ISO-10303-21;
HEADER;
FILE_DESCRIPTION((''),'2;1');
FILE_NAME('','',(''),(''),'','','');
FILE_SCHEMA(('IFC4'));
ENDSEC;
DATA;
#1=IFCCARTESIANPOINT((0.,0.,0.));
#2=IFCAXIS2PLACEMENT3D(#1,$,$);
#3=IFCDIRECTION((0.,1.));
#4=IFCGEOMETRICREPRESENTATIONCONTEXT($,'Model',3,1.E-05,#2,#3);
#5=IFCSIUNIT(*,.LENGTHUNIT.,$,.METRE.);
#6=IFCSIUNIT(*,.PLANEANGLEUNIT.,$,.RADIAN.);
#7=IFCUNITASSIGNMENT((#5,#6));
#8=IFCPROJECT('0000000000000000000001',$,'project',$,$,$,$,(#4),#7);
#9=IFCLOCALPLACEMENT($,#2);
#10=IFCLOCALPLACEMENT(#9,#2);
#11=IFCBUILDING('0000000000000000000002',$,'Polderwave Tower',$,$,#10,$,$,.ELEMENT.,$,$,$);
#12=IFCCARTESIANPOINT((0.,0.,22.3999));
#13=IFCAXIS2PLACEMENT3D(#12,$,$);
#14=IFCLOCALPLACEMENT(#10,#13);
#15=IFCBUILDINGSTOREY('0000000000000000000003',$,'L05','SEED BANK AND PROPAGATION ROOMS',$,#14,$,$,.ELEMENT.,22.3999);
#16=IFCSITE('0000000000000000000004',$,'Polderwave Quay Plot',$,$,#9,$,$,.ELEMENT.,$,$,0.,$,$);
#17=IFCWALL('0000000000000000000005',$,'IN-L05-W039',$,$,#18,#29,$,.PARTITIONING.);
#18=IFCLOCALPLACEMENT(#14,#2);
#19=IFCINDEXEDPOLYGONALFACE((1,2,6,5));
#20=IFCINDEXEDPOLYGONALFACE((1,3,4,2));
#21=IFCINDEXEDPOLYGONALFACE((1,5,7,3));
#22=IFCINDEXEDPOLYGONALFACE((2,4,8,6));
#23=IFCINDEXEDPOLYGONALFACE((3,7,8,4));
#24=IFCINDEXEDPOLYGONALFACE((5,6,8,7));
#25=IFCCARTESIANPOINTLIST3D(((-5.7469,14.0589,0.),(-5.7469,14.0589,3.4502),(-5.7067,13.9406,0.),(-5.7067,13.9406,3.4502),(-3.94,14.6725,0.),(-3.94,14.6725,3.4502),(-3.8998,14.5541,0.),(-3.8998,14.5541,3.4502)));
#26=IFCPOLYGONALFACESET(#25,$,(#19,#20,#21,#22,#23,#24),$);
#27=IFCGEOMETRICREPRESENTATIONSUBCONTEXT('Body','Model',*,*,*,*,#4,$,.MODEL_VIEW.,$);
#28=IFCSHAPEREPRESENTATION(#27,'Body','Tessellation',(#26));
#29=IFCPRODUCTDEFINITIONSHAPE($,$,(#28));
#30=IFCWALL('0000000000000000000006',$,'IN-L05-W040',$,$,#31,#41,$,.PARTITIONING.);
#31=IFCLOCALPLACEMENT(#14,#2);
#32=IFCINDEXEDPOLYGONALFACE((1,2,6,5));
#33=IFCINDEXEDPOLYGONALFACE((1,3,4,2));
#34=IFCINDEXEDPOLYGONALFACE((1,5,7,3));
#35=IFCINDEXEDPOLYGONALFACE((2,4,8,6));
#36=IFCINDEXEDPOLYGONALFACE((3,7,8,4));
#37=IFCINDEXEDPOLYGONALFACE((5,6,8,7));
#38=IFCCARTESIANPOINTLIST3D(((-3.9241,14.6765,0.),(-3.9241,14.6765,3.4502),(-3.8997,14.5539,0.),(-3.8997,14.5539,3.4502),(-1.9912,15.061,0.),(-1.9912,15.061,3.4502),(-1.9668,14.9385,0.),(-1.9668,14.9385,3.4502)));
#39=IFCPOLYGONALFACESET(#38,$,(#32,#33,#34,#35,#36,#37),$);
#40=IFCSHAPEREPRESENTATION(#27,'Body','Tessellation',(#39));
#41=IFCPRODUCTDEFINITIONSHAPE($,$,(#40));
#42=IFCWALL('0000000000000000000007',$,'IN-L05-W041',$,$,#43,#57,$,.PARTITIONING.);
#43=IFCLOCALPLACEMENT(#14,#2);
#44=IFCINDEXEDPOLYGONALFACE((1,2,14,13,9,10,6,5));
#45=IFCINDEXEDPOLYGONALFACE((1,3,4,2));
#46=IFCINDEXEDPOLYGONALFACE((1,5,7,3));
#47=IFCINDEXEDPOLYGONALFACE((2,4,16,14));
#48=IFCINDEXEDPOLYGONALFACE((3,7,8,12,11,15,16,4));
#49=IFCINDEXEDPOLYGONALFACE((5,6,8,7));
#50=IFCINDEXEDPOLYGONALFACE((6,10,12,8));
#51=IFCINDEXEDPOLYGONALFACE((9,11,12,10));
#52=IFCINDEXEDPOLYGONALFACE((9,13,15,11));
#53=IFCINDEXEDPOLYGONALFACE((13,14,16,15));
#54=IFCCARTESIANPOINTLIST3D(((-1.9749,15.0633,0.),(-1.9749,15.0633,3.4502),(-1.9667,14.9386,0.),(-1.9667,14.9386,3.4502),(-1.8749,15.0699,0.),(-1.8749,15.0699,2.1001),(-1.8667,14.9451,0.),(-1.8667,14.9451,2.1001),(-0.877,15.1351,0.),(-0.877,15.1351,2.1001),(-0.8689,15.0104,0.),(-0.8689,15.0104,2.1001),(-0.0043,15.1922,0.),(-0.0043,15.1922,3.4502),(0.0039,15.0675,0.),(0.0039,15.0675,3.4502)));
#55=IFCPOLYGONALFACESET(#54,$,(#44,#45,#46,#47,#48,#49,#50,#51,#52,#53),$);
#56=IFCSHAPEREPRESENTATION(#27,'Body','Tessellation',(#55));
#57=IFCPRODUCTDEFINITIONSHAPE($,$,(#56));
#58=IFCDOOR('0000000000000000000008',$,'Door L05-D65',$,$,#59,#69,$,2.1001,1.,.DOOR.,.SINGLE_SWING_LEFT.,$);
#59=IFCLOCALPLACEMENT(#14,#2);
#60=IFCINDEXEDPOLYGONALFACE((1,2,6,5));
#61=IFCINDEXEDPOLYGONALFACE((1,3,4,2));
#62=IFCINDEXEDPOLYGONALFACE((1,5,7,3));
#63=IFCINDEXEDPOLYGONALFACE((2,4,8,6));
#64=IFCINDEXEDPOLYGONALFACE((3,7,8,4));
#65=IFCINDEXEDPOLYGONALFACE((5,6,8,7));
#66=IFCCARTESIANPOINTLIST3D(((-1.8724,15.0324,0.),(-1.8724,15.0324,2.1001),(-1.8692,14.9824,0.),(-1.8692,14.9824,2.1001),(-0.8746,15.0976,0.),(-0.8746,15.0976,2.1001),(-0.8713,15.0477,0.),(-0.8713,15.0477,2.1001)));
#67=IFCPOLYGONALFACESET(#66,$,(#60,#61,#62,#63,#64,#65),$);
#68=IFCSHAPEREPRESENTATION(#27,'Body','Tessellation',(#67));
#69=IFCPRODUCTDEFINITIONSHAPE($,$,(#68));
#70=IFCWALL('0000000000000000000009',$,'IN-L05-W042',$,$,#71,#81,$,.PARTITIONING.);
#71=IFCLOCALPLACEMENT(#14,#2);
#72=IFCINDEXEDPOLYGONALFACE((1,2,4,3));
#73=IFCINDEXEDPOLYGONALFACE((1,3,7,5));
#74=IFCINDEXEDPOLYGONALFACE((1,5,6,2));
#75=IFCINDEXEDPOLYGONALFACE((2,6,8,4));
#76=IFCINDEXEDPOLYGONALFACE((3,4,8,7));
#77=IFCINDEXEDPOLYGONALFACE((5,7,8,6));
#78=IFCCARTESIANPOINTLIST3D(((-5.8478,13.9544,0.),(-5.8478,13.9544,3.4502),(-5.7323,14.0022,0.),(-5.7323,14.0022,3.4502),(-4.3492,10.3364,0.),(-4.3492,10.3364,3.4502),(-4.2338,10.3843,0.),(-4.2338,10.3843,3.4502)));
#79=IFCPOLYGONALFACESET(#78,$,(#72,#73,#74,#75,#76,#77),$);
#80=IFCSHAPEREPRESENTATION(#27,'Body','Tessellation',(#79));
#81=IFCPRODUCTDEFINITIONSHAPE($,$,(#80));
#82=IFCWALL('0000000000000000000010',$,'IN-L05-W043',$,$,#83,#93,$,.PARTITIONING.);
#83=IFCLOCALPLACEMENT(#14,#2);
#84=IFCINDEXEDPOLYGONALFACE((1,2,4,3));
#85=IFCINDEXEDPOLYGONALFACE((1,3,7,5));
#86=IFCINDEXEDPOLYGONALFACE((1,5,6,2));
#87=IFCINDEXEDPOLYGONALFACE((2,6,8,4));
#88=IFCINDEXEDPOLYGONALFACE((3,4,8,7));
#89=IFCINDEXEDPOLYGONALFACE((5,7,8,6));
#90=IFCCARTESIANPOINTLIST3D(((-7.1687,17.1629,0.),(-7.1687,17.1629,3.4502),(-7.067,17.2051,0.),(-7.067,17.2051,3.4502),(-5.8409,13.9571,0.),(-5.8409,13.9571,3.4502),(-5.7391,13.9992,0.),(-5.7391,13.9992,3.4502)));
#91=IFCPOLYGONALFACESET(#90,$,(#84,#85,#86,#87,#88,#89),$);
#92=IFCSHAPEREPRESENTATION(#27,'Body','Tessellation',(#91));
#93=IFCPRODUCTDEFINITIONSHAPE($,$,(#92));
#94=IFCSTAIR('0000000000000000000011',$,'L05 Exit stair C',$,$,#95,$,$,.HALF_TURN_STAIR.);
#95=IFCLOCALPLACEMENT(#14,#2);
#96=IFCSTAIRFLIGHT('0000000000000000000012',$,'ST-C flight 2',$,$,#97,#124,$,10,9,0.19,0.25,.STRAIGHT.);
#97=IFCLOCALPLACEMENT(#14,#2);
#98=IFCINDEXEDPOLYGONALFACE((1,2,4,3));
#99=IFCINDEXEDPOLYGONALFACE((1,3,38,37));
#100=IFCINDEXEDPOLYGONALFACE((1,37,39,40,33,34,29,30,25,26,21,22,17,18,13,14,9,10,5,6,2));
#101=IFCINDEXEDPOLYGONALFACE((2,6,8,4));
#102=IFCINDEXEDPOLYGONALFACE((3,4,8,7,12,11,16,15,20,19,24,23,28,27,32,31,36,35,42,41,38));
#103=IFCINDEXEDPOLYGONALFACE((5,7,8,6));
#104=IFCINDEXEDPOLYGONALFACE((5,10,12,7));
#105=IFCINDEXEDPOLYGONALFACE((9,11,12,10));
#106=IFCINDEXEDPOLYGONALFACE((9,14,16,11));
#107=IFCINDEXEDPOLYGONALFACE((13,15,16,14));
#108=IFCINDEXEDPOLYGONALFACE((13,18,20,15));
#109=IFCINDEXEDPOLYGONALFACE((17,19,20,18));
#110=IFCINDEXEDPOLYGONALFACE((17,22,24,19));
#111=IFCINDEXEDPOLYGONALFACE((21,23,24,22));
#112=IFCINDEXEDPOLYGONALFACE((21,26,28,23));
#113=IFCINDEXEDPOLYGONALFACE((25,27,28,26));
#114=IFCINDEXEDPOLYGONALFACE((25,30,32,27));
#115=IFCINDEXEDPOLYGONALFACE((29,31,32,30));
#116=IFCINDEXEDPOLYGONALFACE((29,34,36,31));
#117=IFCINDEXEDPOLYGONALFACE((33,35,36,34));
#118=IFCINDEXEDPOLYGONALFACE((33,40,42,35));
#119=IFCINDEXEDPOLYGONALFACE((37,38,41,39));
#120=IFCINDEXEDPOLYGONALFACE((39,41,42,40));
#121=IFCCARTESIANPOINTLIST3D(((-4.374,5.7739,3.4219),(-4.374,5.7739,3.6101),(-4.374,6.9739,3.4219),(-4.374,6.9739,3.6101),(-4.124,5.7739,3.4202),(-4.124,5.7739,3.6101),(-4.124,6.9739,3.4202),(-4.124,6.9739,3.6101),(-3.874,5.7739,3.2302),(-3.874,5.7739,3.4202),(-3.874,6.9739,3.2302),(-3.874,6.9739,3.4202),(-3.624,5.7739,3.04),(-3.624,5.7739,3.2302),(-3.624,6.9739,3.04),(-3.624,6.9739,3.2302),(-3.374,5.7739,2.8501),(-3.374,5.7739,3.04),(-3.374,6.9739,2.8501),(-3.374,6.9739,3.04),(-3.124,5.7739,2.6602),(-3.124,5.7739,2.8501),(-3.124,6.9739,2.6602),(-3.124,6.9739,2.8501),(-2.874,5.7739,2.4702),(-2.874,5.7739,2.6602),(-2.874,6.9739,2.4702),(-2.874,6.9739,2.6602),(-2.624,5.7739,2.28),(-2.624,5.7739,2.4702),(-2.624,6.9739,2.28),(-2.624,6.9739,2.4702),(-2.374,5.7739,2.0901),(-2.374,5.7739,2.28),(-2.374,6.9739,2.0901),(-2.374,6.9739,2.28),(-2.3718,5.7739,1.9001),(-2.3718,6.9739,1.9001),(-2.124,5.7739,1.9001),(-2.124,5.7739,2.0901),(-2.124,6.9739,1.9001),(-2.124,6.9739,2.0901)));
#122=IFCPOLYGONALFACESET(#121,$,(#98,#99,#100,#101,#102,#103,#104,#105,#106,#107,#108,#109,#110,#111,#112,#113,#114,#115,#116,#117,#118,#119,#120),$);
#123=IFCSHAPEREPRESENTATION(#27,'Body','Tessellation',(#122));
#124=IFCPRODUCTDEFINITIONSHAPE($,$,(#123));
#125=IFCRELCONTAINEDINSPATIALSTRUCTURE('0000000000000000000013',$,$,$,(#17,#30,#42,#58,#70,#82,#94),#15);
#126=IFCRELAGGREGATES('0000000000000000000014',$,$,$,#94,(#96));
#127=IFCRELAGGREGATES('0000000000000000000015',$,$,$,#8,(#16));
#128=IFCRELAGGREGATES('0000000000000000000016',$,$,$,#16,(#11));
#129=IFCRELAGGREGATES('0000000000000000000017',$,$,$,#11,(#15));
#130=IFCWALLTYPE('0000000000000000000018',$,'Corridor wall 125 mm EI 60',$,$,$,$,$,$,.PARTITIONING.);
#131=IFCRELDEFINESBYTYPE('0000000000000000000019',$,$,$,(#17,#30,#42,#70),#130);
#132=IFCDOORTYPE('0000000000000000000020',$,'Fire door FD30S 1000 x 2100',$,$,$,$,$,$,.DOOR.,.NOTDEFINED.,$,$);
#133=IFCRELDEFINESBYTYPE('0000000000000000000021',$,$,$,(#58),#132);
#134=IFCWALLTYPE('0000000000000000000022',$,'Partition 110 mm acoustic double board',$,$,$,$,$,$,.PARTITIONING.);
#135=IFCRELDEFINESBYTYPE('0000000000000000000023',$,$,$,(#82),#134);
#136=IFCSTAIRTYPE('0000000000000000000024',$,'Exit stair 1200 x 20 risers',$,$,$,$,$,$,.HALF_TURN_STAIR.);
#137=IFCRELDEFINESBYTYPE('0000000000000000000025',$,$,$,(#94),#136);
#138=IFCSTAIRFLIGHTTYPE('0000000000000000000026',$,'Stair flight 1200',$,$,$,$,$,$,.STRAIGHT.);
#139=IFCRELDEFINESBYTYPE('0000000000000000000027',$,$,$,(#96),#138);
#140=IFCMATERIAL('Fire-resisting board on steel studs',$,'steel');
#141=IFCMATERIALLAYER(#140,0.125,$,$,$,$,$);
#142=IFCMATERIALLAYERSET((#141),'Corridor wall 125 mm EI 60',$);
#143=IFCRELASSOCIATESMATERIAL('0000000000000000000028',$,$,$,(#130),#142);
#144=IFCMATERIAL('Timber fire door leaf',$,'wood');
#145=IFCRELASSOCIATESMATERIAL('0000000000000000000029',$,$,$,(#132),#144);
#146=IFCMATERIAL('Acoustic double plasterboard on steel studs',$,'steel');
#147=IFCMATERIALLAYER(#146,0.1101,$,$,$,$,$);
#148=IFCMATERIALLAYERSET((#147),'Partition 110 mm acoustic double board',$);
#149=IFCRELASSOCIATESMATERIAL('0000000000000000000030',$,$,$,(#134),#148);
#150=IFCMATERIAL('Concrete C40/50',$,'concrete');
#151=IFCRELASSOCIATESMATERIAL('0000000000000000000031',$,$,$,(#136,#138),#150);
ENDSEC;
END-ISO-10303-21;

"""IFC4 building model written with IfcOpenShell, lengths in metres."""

from ifc_helpers import new_model, si_unit, direction, frame, frame_2d, origin, place, context, subcontext, project, spatial, polyline, rectangle, outline, extrude, material, layer, layer_set, type_object, element, fill, aggregate, save


model = new_model("IFC4")

# Units and contexts
model_context = context("Model", 3, precision=1e-05, world=origin(), true_north=direction((0.0, 1.0)))
body_context = subcontext(model_context, "Body", "Model", "MODEL_VIEW")
ifc_project = project(units=[si_unit("LENGTHUNIT", "METRE"), si_unit("PLANEANGLEUNIT", "RADIAN")], contexts=[model_context])

# Site, building, storey
site_placement = place(None, origin())
site = spatial("IfcSite", under=ifc_project, at=site_placement, Name="Polderwave Quay Plot", CompositionType="ELEMENT", RefElevation=0.0)
building_placement = place(site_placement, origin())
building = spatial("IfcBuilding", under=site, at=building_placement, Name="Polderwave Tower", CompositionType="ELEMENT")
storey_placement = place(building_placement, frame((0.0, 0.0, 22.3999)))
storey = spatial("IfcBuildingStorey", under=building, at=storey_placement, Name="L05", Description="SEED BANK AND PROPAGATION ROOMS", CompositionType="ELEMENT", Elevation=22.3999)

# Shared definitions
ifc_material_1 = material(Name="Fire-resisting board on steel studs", Category="steel")
ifc_layer_1 = layer(ifc_material_1, 0.125)
ifc_layer_set_1 = layer_set([ifc_layer_1], Name="Corridor wall 125 mm EI 60")
wall_type_1 = type_object("IfcWallType", Name="Corridor wall 125 mm EI 60", PredefinedType="PARTITIONING", material=ifc_layer_set_1)
ifc_material_2 = material(Name="Timber fire door leaf", Category="wood")
door_type = type_object("IfcDoorType", Name="Fire door FD30S 1000 x 2100", OperationType="NOTDEFINED", PredefinedType="DOOR", material=ifc_material_2)

# Walls
wall_1_placement = place(storey_placement, frame((-5.7268, 13.9998, 0.0), z_axis=(0.0, 0.0, 1.0), x_axis=(0.946903, 0.32152, 0.0)))
element("IfcWall", 1, at=wall_1_placement, inside=storey, type_object=wall_type_1, Name="IN-L05-W039", PredefinedType="PARTITIONING", context=body_context, shape_type="SweptSolid", body=[
    extrude(rectangle(XDim=1.9082, YDim=0.125, at=frame_2d((0.9541, 0.0))), origin(), (0.0, 0.0, 1.0), 3.4502),
])
wall_2_placement = place(storey_placement, frame((-3.9119, 14.6152, 0.0), z_axis=(0.0, 0.0, 1.0), x_axis=(0.98078, 0.195115, 0.0)))
element("IfcWall", 2, at=wall_2_placement, inside=storey, type_object=wall_type_1, Name="IN-L05-W040", PredefinedType="PARTITIONING", context=body_context, shape_type="SweptSolid", body=[
    extrude(rectangle(XDim=1.9707, YDim=0.125, at=frame_2d((0.9854, 0.0))), origin(), (0.0, 0.0, 1.0), 3.4502),
])

# Wall, opening, door
wall_3_placement = place(storey_placement, frame((-1.9707, 15.001, 0.0), z_axis=(0.0, 0.0, 1.0), x_axis=(0.997868, 0.065272, 0.0)))
wall_3 = element("IfcWall", 3, at=wall_3_placement, inside=storey, type_object=wall_type_1, Name="IN-L05-W041", PredefinedType="PARTITIONING", context=body_context, shape_type="SweptSolid", body=[
    extrude(rectangle(XDim=1.9749, YDim=0.125, at=frame_2d((0.9873, 0.0))), origin(), (0.0, 0.0, 1.0), 3.4502),
])
opening_1_placement = place(wall_3_placement, frame((0.1001, 0.0, 0.0)))
opening_1 = element("IfcOpeningElement", 4, at=opening_1_placement, cuts=wall_3, PredefinedType="OPENING", context=body_context, shape_type="SweptSolid", body=[
    extrude(rectangle(XDim=1.0, YDim=2.1001, at=frame_2d((0.5, 1.05))), frame((0.0, 0.0725, 0.0), z_axis=(0.0, -1.0, 0.0), x_axis=(1.0, 0.0, 0.0)), (0.0, 0.0, 1.0), 0.145),
])
door_1_placement = place(opening_1_placement, origin())
door_1 = element("IfcDoor", 5, at=door_1_placement, inside=storey, type_object=door_type, Name="Door L05-D65", OperationType="SINGLE_SWING_LEFT", OverallHeight=2.1001, OverallWidth=1.0, PredefinedType="DOOR", context=body_context, shape_type="SweptSolid", body=[
    extrude(rectangle(XDim=1.0, YDim=2.1001, at=frame_2d((0.5, 1.05))), frame((0.0, 0.0249, 0.0), z_axis=(0.0, -1.0, 0.0), x_axis=(1.0, 0.0, 0.0)), (0.0, 0.0, 1.0), 0.05),
])
fill(opening_1, door_1)

# Walls
wall_4_placement = place(storey_placement, frame((-4.2915, 10.3604, 0.0), z_axis=(0.0, 0.0, 1.0), x_axis=(-0.382671, 0.923885, 0.0)))
element("IfcWall", 6, at=wall_4_placement, inside=storey, type_object=wall_type_1, Name="IN-L05-W042", PredefinedType="PARTITIONING", context=body_context, shape_type="SweptSolid", body=[
    extrude(rectangle(XDim=3.916, YDim=0.125, at=frame_2d((1.958, 0.0))), origin(), (0.0, 0.0, 1.0), 3.4502),
])
ifc_material_3 = material(Name="Acoustic double plasterboard on steel studs", Category="steel")
ifc_layer_2 = layer(ifc_material_3, 0.1101)
ifc_layer_set_2 = layer_set([ifc_layer_2], Name="Partition 110 mm acoustic double board")
wall_type_2 = type_object("IfcWallType", Name="Partition 110 mm acoustic double board", PredefinedType="PARTITIONING", material=ifc_layer_set_2)
wall_5_placement = place(storey_placement, frame((-5.79, 13.9783, 0.0), z_axis=(0.0, 0.0, 1.0), x_axis=(-0.382681, 0.92388, 0.0)))
element("IfcWall", 7, at=wall_5_placement, inside=storey, type_object=wall_type_2, Name="IN-L05-W043", PredefinedType="PARTITIONING", context=body_context, shape_type="SweptSolid", body=[
    extrude(rectangle(XDim=3.47, YDim=0.1101, at=frame_2d((1.7349, 0.0))), origin(), (0.0, 0.0, 1.0), 3.4502),
])

# Stair, stair flight
ifc_material_4 = material(Name="Concrete C40/50", Category="concrete")
stair_type = type_object("IfcStairType", Name="Exit stair 1200 x 20 risers", PredefinedType="HALF_TURN_STAIR", material=ifc_material_4)
stair_placement = place(storey_placement, origin())
stair = element("IfcStair", 8, at=stair_placement, inside=storey, type_object=stair_type, Name="L05 Exit stair C", PredefinedType="HALF_TURN_STAIR")
stair_flight_type = type_object("IfcStairFlightType", Name="Stair flight 1200", PredefinedType="STRAIGHT", material=ifc_material_4)
stair_flight_placement = place(storey_placement, frame((-2.124, 6.374, 1.9001), z_axis=(0.0, 0.0, 1.0), x_axis=(-1.0, 0.0, 0.0)))
stair_flight = element("IfcStairFlight", 9, at=stair_flight_placement, type_object=stair_flight_type, Name="ST-C flight 2", NumberOfRisers=10, NumberOfTreads=9, PredefinedType="STRAIGHT", RiserHeight=0.19, TreadLength=0.25, context=body_context, shape_type="SweptSolid", body=[
    extrude(outline(polyline([(0.0, 0.0), (0.0, 0.1899), (0.25, 0.1899), (0.25, 0.3799), (0.5, 0.3799), (0.5, 0.5701), (0.75, 0.5701), (0.75, 0.76), (1.0, 0.76), (1.0, 0.95), (1.25, 0.95), (1.25, 1.1399), (1.5, 1.1399), (1.5, 1.3301), (1.75, 1.3301), (1.75, 1.52), (2.0, 1.52), (2.0, 1.71), (2.25, 1.71), (2.25, 1.8999), (2.25, 1.5217), (0.2478, 0.0), (0.0, 0.0)])), frame((0.0, 0.6001, 0.0), z_axis=(0.0, -1.0, 0.0), x_axis=(1.0, 0.0, 0.0)), (0.0, 0.0, 1.0), 1.2),
])
aggregate(stair, [stair_flight])

save(model, "model.ifc")
